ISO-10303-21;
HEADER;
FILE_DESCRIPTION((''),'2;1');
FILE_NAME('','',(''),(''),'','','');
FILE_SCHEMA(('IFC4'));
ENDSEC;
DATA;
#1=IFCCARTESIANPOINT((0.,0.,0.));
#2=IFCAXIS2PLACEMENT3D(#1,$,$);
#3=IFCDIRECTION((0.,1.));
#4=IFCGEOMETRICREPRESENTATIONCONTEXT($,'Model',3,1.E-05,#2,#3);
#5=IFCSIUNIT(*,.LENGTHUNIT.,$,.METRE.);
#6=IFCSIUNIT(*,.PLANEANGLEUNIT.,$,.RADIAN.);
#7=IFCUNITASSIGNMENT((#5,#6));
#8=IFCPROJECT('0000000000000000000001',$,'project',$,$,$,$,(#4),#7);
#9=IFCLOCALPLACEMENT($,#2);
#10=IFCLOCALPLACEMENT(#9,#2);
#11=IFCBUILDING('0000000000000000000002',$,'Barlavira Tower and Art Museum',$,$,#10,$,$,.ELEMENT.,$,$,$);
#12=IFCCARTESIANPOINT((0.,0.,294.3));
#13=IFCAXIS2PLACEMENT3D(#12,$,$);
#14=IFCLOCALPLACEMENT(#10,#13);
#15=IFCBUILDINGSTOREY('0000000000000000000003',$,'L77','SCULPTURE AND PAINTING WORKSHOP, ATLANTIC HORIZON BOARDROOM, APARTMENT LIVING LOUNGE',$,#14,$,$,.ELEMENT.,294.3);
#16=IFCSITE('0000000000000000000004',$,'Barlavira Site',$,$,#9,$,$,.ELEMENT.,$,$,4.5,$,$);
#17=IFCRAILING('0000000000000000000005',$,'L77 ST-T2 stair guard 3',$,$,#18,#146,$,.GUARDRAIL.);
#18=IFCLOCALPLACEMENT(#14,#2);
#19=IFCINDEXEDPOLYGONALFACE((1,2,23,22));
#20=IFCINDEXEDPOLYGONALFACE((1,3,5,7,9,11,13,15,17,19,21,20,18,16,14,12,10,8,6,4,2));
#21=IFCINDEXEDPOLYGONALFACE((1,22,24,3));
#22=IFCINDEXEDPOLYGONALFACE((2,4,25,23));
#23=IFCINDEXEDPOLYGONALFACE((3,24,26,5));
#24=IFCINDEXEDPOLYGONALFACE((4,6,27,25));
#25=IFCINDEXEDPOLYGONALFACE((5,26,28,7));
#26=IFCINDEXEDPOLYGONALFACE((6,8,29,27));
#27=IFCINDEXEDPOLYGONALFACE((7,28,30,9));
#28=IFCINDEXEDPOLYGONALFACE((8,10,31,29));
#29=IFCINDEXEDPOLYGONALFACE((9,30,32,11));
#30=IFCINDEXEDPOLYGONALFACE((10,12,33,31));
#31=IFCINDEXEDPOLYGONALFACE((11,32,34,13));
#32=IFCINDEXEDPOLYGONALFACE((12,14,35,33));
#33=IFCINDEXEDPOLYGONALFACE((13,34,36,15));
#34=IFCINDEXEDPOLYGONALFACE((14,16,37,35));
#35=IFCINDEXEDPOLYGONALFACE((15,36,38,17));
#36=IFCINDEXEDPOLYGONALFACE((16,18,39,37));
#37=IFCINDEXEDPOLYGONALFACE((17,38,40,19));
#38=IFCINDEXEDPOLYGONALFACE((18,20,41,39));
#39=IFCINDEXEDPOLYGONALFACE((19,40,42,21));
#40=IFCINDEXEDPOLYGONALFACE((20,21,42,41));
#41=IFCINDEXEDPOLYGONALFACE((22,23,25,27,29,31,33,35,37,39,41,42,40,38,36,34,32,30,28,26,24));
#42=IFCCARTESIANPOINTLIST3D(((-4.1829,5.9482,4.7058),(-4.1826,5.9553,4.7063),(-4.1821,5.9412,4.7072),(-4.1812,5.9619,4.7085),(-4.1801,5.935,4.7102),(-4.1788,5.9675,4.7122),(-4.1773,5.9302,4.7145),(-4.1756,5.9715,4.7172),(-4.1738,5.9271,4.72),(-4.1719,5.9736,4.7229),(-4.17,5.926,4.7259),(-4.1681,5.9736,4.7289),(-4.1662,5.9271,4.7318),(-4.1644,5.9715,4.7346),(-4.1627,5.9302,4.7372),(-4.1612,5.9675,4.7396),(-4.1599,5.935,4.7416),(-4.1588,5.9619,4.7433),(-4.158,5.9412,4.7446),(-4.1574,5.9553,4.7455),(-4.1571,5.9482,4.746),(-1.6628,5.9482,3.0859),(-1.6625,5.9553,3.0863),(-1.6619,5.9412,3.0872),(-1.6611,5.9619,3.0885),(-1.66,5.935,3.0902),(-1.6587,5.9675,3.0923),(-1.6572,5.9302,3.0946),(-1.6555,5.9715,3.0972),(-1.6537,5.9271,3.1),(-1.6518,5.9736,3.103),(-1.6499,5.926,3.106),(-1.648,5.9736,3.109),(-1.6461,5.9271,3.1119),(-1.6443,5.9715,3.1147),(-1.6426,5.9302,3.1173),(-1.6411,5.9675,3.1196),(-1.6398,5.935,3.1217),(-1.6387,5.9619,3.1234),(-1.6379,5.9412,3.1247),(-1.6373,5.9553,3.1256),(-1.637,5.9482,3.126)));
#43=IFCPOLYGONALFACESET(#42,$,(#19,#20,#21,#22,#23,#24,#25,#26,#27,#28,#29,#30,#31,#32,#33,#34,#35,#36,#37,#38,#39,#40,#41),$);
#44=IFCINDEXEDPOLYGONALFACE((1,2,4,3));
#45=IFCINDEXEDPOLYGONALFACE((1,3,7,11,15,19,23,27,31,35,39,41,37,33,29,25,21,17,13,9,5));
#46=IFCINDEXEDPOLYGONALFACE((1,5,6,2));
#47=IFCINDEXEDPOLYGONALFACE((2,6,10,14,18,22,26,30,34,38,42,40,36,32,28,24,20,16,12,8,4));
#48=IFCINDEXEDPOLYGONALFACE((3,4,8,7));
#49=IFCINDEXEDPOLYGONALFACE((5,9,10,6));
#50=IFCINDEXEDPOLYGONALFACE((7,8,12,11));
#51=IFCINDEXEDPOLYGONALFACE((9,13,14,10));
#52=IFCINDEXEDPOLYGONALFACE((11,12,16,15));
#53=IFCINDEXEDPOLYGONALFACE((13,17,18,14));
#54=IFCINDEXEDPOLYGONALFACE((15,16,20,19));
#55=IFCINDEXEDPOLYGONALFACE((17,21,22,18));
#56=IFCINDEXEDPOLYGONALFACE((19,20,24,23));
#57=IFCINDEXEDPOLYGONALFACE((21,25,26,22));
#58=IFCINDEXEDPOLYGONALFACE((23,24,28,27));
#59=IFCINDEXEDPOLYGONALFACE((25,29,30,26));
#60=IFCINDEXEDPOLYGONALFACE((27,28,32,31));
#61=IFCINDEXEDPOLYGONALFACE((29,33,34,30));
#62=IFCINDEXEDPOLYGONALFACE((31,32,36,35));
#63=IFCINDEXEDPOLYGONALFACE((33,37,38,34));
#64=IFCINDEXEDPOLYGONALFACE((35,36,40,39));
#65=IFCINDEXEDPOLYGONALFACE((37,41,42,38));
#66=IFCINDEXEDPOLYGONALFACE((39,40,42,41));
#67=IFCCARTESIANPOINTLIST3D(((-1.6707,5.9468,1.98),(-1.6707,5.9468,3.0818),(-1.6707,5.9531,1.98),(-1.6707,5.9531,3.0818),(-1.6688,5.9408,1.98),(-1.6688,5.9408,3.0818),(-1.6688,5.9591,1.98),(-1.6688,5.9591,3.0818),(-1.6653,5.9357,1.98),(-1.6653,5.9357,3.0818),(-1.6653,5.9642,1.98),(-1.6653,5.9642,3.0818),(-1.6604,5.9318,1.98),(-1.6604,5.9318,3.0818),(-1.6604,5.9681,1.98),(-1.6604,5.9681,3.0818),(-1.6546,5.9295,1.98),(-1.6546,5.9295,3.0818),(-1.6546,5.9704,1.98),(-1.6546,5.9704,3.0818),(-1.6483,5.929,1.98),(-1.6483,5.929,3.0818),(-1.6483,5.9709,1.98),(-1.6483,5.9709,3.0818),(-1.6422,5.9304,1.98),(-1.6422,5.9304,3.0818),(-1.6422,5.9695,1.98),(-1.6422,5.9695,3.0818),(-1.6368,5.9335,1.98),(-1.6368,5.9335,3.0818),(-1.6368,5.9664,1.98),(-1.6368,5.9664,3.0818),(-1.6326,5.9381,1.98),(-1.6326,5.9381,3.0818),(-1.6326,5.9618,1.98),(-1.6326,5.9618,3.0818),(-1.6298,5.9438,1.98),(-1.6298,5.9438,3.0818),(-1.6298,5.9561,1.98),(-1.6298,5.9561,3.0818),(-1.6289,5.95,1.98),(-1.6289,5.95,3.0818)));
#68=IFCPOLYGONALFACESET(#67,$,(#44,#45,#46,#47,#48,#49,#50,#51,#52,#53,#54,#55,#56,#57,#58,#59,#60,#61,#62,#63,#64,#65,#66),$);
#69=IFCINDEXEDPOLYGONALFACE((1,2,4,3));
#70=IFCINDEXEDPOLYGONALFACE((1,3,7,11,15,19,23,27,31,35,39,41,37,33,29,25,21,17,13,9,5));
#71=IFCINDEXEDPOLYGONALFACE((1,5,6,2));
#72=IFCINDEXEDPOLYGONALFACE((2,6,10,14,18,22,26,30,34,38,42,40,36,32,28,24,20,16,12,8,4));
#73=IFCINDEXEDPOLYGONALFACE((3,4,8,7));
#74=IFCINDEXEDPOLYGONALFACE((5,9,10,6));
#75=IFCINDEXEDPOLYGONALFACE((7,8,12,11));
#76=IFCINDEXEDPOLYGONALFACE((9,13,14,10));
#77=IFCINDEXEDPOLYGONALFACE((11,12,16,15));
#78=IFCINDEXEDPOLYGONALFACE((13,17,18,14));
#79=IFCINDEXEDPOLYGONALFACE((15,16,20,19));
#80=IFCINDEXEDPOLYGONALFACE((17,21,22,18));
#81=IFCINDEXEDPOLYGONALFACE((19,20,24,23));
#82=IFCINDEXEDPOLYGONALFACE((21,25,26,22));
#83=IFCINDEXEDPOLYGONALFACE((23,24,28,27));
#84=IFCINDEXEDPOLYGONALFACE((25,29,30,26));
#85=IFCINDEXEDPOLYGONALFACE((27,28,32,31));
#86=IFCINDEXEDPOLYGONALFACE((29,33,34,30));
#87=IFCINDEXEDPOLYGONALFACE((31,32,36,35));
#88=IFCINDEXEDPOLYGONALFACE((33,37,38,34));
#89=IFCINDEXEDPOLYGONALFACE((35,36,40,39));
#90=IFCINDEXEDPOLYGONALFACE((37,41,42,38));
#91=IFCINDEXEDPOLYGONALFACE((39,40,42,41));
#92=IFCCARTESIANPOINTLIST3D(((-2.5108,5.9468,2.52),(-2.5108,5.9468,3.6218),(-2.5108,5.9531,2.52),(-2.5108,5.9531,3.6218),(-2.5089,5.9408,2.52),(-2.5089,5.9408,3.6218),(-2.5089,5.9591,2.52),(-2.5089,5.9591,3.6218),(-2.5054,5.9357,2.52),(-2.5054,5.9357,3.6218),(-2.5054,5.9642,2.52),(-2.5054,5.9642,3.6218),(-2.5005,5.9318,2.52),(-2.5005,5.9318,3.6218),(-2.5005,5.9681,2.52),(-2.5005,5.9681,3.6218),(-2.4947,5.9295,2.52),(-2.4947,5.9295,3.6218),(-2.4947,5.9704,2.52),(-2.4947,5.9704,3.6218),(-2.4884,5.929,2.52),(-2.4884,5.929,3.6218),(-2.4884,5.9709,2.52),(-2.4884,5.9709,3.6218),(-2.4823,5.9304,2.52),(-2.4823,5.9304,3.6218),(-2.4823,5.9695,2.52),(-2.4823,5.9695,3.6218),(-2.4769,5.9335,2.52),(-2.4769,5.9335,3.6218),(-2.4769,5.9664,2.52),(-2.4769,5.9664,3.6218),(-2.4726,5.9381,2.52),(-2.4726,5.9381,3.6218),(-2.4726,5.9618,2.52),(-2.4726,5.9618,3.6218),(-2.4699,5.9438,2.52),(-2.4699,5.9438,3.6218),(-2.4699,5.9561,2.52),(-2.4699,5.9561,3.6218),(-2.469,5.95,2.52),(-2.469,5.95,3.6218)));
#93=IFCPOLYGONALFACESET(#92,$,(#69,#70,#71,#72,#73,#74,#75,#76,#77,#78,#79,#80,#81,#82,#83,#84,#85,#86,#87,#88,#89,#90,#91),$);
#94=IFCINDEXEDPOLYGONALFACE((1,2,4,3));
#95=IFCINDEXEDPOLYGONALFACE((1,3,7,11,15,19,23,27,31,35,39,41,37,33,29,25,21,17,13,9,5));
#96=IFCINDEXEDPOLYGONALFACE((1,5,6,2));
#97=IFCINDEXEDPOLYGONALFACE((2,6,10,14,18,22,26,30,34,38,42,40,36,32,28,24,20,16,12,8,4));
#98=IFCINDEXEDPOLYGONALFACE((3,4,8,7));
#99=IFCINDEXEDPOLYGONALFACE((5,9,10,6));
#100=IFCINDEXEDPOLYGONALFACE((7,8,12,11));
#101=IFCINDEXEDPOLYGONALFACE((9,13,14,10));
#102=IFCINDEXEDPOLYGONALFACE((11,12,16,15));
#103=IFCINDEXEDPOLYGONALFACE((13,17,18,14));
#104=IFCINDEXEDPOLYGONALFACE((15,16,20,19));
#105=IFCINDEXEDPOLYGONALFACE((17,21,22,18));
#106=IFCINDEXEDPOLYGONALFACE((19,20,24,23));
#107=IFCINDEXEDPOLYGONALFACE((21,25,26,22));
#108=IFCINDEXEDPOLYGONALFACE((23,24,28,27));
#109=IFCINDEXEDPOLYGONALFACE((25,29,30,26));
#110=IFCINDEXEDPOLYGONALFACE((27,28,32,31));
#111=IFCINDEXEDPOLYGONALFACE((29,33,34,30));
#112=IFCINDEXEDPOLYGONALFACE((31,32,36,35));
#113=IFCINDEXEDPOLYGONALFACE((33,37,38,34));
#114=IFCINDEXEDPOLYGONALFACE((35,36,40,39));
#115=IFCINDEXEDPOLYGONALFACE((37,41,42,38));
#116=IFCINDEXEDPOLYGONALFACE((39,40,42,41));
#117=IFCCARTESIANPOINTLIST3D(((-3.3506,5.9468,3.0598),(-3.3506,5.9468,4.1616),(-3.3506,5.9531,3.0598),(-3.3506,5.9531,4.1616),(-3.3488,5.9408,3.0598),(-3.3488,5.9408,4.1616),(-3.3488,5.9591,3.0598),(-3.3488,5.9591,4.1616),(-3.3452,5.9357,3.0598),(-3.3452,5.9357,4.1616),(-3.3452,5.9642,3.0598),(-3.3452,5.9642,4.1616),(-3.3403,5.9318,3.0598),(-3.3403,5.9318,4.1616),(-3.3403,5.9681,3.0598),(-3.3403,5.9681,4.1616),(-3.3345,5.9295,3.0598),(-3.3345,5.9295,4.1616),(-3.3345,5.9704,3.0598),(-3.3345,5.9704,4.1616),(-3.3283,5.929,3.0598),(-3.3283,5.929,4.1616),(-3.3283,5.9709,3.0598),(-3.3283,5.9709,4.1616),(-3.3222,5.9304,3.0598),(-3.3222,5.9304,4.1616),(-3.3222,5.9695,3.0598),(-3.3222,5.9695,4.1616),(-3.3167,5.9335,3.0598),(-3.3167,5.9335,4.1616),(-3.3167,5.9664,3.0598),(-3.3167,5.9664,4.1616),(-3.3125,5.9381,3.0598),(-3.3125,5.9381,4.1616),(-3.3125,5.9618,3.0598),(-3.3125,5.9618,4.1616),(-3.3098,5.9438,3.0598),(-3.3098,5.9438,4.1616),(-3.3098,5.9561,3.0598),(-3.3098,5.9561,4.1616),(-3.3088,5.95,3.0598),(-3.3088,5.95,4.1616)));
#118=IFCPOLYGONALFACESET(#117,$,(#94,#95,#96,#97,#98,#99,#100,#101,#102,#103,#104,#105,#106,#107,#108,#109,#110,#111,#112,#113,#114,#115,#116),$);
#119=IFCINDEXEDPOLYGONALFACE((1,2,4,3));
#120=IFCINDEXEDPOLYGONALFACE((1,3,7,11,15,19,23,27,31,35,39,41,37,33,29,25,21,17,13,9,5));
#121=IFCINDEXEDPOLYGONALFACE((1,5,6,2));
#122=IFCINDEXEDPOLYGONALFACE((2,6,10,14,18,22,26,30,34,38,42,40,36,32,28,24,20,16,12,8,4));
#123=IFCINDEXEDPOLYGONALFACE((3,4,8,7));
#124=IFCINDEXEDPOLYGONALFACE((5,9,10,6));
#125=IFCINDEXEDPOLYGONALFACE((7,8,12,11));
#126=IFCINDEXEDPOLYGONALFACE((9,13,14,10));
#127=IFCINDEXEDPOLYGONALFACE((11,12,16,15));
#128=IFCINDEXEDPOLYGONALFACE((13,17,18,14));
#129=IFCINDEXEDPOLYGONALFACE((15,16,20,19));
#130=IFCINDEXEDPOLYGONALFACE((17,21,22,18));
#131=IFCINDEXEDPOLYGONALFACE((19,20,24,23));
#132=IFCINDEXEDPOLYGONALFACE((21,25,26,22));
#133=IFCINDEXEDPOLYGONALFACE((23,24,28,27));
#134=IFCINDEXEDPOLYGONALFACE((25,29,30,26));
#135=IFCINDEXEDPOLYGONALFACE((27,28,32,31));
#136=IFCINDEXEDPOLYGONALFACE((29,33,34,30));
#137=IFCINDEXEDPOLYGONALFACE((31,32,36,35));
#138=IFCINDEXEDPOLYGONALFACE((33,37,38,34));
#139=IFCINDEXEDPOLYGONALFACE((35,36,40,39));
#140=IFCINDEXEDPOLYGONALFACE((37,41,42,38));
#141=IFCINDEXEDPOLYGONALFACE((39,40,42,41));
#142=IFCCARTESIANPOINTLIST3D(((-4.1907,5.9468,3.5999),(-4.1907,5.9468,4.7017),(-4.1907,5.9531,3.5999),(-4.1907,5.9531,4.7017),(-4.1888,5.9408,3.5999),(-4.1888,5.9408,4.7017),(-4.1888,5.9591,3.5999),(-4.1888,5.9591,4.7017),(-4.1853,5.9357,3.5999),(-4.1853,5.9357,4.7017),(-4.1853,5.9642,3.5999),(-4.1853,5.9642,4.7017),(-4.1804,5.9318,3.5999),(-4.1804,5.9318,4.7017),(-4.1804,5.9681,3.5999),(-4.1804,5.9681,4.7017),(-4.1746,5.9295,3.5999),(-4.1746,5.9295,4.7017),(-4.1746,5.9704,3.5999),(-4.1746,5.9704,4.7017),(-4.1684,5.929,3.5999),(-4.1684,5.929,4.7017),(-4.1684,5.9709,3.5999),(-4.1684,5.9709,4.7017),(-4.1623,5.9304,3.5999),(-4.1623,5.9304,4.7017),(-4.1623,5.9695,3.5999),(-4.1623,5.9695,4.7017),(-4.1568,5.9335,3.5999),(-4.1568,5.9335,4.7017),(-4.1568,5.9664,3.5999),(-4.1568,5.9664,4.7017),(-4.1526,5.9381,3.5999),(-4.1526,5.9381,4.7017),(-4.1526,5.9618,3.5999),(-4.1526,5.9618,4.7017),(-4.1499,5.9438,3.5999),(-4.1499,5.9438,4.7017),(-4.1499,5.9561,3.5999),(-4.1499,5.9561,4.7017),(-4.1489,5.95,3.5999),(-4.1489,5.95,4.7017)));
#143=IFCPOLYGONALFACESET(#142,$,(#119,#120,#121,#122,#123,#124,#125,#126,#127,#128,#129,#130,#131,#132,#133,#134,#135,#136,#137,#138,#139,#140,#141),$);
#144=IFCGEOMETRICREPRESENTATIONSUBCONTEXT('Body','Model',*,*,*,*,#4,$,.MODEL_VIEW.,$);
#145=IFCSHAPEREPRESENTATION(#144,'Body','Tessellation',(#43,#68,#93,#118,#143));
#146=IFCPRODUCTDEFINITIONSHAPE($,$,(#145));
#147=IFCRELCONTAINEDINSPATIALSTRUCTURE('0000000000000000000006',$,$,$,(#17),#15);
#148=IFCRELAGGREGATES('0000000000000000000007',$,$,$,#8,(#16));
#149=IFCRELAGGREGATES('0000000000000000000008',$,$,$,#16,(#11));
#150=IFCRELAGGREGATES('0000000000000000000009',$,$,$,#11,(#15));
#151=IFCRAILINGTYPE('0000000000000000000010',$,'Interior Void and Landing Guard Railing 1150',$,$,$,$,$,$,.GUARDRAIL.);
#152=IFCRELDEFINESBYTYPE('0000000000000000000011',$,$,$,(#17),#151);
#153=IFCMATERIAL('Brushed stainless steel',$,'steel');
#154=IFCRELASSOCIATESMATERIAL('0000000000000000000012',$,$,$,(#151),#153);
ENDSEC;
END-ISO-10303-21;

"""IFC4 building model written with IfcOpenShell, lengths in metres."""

from ifc_helpers import new_model, si_unit, direction, frame, origin, origin_2d, place, context, subcontext, project, spatial, circle, extrude, material, type_object, element, save


model = new_model("IFC4")

# Units and contexts
model_context = context("Model", 3, precision=1e-05, world=origin(), true_north=direction((0.0, 1.0)))
body_context = subcontext(model_context, "Body", "Model", "MODEL_VIEW")
ifc_project = project(units=[si_unit("LENGTHUNIT", "METRE"), si_unit("PLANEANGLEUNIT", "RADIAN")], contexts=[model_context])

# Site, building, storey
site_placement = place(None, origin())
site = spatial("IfcSite", under=ifc_project, at=site_placement, Name="Barlavira Site", CompositionType="ELEMENT", RefElevation=4.5)
building_placement = place(site_placement, origin())
building = spatial("IfcBuilding", under=site, at=building_placement, Name="Barlavira Tower and Art Museum", CompositionType="ELEMENT")
storey_placement = place(building_placement, frame((0.0, 0.0, 294.3)))
storey = spatial("IfcBuildingStorey", under=building, at=storey_placement, Name="L77", Description="SCULPTURE AND PAINTING WORKSHOP, ATLANTIC HORIZON BOARDROOM, APARTMENT LIVING LOUNGE", CompositionType="ELEMENT", Elevation=294.3)

# Shared definitions
ifc_material_1 = material(Name="Brushed stainless steel", Category="steel")

# Railing
railing_type_1 = type_object("IfcRailingType", Name="Interior Void and Landing Guard Railing 1150", PredefinedType="GUARDRAIL", material=ifc_material_1)
railing_1_placement = place(storey_placement, frame((-1.6499, 5.95, 1.98)))
element("IfcRailing", 1, at=railing_1_placement, inside=storey, type_object=railing_type_1, Name="L77 ST-T2 stair guard 3", PredefinedType="GUARDRAIL", context=body_context, shape_type="SweptSolid", body=[
    extrude(circle(Radius=0.0239, at=origin_2d()), frame((0.0, 0.0, 1.126), z_axis=(-0.8412, 0.0, 0.540725), x_axis=(0.0, -1.0, 0.0)), (0.0, 0.0, 1.0), 2.9958),
    extrude(circle(Radius=0.021, at=origin_2d()), origin(), (0.0, 0.0, 1.0), 1.1018),
    extrude(circle(Radius=0.021, at=origin_2d()), frame((-0.8401, 0.0, 0.54)), (0.0, 0.0, 1.0), 1.1018),
    extrude(circle(Radius=0.021, at=origin_2d()), frame((-1.6799, 0.0, 1.0798)), (0.0, 0.0, 1.0), 1.1018),
    extrude(circle(Radius=0.021, at=origin_2d()), frame((-2.52, 0.0, 1.6199)), (0.0, 0.0, 1.0), 1.1018),
])

save(model, "model.ifc")
